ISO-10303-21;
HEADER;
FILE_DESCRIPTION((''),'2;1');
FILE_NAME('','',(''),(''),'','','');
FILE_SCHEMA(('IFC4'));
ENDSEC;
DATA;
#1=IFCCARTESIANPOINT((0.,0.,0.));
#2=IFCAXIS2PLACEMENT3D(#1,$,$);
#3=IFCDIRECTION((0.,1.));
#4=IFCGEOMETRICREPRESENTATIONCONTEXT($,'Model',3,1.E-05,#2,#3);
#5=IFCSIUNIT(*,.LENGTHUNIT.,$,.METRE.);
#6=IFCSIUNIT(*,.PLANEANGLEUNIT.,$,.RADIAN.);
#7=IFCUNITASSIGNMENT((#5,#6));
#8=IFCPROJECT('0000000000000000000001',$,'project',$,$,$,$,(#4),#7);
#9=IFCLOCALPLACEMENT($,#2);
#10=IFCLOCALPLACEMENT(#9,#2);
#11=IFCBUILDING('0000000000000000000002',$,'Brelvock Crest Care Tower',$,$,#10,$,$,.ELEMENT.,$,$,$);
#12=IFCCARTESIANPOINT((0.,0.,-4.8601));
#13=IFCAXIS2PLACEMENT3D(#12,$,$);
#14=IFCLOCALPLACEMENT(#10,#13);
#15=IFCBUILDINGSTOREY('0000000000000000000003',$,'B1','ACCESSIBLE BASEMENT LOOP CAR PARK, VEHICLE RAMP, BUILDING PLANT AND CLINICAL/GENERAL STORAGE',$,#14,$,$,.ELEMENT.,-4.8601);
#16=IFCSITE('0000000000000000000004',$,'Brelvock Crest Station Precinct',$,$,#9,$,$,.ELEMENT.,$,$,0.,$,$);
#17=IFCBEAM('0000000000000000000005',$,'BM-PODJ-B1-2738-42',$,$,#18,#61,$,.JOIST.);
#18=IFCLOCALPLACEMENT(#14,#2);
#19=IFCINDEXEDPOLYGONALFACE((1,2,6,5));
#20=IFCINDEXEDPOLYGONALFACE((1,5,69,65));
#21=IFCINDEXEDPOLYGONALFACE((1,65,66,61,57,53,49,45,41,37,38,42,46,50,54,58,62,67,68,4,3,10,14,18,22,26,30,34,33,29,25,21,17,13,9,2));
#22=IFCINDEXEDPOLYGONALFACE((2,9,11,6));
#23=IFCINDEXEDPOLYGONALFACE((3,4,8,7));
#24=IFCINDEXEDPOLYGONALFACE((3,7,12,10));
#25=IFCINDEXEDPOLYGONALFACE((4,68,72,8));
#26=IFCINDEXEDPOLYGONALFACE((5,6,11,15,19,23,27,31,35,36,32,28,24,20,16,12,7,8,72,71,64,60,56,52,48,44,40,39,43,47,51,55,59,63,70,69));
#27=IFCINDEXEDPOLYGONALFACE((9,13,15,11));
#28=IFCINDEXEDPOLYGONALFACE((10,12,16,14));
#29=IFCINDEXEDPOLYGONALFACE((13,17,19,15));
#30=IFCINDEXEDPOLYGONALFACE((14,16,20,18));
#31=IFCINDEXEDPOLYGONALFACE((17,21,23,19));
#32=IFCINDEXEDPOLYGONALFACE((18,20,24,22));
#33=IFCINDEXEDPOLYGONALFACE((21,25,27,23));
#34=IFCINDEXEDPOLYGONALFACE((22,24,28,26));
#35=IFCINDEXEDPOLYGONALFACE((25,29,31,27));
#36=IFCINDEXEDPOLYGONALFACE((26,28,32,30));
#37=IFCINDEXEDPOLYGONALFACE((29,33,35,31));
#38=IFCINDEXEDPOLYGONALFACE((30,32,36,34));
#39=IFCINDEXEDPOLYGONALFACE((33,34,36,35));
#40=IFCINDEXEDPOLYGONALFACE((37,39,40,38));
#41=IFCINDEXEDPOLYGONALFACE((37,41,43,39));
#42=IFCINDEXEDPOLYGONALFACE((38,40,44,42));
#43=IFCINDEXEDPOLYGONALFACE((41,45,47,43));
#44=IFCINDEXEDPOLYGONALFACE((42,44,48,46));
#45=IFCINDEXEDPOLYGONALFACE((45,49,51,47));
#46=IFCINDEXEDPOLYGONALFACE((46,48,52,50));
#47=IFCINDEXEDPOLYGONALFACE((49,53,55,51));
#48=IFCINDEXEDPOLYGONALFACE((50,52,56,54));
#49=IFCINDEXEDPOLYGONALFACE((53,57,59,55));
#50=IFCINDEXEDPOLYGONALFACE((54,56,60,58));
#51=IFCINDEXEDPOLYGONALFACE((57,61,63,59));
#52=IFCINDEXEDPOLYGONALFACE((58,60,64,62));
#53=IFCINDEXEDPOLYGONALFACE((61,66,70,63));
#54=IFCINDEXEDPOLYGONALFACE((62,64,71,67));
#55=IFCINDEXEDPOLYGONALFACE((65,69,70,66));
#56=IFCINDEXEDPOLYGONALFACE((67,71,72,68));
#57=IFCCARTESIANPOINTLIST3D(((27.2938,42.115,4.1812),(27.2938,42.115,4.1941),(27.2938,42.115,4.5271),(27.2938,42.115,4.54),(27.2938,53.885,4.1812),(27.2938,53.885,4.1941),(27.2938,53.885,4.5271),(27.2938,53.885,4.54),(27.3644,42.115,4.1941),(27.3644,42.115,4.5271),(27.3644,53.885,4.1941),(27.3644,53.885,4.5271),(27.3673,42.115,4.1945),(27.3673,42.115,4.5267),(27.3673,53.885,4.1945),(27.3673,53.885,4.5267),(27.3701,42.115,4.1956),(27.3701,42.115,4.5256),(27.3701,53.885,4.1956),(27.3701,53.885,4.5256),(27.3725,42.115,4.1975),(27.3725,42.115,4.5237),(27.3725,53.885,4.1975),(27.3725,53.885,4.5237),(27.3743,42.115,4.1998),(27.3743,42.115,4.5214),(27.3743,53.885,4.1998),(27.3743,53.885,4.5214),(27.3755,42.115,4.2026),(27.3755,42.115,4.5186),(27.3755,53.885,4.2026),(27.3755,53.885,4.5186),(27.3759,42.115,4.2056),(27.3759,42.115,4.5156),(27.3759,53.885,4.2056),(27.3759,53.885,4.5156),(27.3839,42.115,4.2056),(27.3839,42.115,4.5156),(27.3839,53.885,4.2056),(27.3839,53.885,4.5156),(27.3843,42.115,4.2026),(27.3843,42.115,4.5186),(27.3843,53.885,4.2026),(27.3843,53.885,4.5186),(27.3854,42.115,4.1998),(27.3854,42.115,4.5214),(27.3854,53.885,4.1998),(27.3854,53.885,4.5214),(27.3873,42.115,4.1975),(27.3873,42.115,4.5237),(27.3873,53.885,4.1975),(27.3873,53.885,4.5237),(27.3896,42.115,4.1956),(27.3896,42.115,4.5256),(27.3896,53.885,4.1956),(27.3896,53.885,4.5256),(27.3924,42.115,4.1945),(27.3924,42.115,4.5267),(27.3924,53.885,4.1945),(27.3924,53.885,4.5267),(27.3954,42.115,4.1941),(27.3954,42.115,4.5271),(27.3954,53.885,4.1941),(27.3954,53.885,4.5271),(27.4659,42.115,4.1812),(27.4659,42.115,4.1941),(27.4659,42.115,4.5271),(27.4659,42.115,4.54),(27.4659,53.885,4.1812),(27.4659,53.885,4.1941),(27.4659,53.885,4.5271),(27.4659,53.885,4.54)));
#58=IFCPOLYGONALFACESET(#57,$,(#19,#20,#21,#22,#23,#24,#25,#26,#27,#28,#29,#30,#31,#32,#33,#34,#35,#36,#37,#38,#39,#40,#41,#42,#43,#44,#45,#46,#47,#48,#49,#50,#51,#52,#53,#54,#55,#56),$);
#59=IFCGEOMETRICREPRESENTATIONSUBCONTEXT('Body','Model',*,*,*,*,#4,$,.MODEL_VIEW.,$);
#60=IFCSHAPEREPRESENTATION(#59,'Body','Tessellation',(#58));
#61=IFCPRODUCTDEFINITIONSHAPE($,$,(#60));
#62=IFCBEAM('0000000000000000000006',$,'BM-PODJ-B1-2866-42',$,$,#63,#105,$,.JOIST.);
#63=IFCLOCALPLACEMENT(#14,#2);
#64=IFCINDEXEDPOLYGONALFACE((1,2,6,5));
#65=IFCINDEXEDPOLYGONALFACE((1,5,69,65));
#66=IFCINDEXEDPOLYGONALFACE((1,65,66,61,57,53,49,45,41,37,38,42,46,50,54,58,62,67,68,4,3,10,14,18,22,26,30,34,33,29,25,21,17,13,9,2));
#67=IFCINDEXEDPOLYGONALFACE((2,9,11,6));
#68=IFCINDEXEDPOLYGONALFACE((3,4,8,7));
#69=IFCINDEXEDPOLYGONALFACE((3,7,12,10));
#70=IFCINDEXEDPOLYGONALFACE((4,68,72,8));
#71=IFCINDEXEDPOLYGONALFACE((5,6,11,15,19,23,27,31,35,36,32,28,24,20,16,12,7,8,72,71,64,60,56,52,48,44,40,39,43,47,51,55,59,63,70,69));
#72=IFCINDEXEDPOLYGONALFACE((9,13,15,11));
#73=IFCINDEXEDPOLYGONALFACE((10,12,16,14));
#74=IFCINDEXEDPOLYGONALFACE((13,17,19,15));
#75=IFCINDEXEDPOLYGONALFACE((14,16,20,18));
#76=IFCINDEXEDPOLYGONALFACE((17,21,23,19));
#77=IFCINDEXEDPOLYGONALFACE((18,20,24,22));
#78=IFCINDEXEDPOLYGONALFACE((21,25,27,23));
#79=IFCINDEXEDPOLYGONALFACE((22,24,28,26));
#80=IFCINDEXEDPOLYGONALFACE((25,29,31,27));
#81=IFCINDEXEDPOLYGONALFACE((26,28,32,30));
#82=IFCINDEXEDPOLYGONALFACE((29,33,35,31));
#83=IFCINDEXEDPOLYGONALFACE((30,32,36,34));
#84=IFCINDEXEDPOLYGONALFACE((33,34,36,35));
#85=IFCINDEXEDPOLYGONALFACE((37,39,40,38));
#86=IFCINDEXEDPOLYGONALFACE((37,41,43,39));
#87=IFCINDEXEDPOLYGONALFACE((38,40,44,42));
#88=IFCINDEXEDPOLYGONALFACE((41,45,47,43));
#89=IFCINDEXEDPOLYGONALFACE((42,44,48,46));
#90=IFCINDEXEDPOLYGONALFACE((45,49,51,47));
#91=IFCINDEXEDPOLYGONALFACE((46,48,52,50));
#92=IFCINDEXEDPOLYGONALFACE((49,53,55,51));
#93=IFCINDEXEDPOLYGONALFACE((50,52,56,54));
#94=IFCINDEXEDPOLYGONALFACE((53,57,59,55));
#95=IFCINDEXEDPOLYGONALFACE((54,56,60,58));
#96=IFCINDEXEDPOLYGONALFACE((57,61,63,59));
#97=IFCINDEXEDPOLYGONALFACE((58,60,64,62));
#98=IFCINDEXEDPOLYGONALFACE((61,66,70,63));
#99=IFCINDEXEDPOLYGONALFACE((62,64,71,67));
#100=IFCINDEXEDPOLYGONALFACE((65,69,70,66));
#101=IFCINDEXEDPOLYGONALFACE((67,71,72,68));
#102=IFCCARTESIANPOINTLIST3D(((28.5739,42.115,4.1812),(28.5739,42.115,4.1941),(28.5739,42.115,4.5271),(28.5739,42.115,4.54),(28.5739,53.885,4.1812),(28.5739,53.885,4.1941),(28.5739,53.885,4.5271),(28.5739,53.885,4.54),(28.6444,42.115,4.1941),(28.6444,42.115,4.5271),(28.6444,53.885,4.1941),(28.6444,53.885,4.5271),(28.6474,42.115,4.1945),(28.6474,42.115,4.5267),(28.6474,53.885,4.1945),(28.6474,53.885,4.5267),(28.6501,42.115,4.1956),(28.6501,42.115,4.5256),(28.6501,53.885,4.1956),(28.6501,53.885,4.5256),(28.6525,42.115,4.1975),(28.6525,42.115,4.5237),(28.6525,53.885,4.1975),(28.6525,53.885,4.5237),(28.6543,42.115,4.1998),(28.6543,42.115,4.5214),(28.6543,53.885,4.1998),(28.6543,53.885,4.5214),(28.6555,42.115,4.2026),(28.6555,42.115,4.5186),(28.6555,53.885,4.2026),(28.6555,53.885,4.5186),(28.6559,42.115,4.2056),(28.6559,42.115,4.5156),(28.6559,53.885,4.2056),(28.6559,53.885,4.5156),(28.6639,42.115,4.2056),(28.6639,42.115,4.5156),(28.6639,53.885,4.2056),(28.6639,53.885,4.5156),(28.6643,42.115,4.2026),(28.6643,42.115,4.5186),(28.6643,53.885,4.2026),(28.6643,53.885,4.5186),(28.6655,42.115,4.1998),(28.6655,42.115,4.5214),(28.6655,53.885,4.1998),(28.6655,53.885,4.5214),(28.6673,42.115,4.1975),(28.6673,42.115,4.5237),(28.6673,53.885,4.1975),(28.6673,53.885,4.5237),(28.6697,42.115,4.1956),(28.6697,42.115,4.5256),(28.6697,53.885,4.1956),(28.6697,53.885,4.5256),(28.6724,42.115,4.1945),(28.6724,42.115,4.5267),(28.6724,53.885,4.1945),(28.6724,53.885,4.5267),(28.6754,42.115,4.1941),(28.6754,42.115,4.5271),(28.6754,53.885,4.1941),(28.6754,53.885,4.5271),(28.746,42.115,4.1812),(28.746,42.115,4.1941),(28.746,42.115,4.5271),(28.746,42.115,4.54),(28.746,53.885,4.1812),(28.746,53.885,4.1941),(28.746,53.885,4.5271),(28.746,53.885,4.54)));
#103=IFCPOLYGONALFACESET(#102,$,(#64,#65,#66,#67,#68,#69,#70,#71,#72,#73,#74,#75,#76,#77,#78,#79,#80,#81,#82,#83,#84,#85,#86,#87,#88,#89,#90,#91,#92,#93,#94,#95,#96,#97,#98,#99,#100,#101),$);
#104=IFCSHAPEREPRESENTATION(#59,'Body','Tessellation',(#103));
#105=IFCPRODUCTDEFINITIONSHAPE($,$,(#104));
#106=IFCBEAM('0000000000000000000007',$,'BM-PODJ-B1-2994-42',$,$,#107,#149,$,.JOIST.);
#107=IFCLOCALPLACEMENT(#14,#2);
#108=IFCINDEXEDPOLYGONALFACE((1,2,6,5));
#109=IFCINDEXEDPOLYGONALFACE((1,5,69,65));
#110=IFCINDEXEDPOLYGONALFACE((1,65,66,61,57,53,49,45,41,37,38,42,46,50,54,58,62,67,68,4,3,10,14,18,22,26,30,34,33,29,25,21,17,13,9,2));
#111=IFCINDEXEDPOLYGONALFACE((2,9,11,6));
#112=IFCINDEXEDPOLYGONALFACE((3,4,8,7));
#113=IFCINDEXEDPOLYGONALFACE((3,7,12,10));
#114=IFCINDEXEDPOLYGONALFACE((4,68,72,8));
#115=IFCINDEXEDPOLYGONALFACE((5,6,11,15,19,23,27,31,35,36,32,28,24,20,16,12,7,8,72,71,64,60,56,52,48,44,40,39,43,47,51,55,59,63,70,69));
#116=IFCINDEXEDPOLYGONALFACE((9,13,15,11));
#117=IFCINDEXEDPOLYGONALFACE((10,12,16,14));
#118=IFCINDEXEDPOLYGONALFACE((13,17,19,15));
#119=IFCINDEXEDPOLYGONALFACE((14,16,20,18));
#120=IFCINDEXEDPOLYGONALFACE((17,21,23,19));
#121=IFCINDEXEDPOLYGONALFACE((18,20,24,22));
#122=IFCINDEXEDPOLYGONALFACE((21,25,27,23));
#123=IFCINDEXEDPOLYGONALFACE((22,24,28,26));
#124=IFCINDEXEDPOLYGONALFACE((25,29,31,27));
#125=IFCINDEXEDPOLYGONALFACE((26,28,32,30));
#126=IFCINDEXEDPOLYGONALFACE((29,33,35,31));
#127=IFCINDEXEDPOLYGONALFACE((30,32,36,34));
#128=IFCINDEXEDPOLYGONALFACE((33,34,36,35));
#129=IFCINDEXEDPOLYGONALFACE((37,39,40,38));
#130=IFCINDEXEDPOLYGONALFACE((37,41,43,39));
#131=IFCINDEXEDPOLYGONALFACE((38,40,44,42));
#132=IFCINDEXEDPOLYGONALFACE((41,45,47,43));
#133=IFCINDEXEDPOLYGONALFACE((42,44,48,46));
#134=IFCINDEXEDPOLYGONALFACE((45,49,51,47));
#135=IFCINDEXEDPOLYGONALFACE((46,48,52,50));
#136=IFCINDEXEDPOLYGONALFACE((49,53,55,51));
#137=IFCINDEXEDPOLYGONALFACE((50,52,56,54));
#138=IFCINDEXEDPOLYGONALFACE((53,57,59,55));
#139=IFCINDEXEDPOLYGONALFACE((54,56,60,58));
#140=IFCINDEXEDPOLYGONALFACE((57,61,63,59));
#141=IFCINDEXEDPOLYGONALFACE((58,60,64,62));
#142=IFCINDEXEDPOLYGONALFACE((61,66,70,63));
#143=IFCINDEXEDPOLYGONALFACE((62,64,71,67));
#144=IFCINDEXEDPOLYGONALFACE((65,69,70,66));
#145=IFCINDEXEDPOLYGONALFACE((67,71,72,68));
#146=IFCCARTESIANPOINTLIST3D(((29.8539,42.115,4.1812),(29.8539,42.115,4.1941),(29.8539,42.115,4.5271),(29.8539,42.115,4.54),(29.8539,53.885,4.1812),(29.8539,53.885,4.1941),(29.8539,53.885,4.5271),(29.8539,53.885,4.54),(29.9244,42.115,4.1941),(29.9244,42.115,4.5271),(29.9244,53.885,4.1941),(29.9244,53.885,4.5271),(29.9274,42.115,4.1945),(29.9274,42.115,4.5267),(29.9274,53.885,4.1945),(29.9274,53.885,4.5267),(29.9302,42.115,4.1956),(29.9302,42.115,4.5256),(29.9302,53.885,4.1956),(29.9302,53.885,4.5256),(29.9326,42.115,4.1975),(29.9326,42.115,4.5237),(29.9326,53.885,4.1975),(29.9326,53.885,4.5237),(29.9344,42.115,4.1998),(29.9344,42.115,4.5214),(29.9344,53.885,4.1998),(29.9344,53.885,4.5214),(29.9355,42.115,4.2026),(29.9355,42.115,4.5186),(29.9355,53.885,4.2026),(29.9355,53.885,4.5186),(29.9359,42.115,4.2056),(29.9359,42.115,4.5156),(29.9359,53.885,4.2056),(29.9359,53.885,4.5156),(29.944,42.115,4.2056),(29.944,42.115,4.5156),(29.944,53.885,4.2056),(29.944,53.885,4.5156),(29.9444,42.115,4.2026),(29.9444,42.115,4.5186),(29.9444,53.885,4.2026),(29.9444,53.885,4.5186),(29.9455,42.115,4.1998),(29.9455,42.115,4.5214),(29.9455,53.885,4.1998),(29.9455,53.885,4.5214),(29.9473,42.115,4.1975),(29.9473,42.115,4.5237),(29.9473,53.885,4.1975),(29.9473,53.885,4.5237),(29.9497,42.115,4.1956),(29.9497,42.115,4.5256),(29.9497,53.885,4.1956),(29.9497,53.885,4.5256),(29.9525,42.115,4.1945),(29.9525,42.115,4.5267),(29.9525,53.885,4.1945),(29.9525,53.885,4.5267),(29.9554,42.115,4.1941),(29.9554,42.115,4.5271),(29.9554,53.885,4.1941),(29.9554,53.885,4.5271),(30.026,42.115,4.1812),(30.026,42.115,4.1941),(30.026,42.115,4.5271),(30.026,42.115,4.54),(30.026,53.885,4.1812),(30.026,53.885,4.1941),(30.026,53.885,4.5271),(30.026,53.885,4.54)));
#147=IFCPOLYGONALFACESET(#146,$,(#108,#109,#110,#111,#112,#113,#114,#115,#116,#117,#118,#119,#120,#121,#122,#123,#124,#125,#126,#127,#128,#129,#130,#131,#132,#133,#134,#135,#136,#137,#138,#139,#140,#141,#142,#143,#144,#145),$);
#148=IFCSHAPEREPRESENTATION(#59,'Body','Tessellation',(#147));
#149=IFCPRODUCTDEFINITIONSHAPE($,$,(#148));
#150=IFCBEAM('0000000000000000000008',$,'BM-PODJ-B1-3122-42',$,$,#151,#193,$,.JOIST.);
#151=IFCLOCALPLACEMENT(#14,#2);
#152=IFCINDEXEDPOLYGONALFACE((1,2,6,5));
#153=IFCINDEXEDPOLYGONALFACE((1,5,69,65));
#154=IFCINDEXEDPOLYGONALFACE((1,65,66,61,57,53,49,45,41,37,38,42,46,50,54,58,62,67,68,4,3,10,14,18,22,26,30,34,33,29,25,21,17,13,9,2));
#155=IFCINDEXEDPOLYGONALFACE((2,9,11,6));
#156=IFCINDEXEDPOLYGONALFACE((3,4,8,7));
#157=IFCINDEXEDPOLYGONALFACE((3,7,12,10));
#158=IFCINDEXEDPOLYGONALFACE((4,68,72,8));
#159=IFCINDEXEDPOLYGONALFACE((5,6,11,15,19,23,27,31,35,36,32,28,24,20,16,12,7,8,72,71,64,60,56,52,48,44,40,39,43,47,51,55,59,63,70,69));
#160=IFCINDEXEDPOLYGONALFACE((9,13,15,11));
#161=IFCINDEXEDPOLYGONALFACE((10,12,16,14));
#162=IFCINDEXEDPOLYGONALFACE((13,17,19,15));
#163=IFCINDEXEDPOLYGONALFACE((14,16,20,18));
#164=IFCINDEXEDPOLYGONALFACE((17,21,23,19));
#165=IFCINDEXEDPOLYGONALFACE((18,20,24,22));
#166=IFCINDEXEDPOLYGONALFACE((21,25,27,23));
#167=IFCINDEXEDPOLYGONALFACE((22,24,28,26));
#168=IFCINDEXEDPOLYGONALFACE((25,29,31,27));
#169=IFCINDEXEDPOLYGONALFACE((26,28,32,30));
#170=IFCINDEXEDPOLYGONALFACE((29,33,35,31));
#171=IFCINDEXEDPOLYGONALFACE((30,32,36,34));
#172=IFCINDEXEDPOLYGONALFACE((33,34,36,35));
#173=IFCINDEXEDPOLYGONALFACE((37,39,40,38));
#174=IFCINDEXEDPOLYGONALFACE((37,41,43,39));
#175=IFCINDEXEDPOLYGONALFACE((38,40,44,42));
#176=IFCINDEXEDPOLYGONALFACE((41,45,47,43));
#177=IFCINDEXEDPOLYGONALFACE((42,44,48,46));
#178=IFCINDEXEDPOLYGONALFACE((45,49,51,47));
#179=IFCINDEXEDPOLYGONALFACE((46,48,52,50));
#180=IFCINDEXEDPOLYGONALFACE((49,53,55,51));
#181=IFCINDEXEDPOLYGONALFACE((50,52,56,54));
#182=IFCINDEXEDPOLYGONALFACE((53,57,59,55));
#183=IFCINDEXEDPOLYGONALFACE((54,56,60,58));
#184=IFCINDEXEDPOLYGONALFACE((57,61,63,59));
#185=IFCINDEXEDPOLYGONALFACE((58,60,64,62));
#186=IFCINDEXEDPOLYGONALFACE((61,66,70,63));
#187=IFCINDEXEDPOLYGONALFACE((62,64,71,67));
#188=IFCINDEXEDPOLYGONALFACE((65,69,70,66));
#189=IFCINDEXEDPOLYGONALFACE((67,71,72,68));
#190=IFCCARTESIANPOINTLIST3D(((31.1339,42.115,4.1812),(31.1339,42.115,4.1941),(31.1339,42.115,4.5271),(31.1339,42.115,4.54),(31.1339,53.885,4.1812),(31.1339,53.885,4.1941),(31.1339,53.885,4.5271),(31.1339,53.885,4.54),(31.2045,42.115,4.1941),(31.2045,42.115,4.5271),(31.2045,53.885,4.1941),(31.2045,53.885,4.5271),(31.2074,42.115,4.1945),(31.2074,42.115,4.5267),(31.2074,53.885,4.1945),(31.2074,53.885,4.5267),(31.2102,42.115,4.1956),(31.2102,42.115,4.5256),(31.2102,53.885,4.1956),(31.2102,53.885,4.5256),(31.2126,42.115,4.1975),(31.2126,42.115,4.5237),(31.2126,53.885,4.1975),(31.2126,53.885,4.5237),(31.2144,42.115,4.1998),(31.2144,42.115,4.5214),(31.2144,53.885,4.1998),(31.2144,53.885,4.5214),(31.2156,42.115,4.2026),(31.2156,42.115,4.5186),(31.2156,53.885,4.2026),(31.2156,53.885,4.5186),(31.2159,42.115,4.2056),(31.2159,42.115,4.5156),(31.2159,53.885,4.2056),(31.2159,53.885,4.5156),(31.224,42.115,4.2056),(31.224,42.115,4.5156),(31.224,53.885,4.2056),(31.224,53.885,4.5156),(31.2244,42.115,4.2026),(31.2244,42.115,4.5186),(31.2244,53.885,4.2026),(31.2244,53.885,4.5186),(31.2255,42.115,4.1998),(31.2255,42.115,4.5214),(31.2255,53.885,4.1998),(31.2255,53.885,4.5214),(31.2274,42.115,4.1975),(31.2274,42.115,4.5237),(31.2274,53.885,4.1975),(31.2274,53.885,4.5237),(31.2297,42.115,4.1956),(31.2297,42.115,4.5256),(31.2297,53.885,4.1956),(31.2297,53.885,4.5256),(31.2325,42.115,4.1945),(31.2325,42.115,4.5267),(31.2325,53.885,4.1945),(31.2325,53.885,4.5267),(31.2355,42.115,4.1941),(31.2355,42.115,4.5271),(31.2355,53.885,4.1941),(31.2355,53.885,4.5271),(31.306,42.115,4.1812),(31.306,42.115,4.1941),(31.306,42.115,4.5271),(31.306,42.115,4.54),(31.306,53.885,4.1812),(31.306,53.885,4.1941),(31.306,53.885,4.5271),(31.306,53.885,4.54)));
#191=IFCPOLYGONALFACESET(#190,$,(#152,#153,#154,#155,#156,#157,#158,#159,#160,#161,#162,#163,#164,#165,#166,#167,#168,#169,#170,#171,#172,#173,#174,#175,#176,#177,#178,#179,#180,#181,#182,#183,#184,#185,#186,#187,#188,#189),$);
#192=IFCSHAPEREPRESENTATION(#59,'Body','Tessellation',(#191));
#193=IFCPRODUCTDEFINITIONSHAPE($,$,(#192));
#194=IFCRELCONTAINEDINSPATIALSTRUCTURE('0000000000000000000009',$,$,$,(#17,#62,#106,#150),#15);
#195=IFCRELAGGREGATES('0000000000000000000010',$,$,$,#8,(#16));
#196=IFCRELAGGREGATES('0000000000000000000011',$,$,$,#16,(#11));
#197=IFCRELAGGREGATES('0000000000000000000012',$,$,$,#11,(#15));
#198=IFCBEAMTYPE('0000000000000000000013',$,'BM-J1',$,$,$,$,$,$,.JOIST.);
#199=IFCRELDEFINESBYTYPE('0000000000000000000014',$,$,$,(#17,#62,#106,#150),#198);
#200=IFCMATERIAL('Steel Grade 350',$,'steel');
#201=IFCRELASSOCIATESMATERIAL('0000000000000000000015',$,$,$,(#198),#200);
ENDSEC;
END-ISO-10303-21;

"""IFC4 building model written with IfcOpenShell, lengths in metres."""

from ifc_helpers import new_model, si_unit, direction, frame, origin, origin_2d, place, context, subcontext, project, spatial, i_section, extrude, source, transform, mapped, material, material_profile, profile_set, type_object, element, save


model = new_model("IFC4")

# Units and contexts
model_context = context("Model", 3, precision=1e-05, world=origin(), true_north=direction((0.0, 1.0)))
body_context = subcontext(model_context, "Body", "Model", "MODEL_VIEW")
ifc_project = project(units=[si_unit("LENGTHUNIT", "METRE"), si_unit("PLANEANGLEUNIT", "RADIAN")], contexts=[model_context])

# Site, building, storey
site_placement = place(None, origin())
site = spatial("IfcSite", under=ifc_project, at=site_placement, Name="Brelvock Crest Station Precinct", CompositionType="ELEMENT", RefElevation=0.0)
building_placement = place(site_placement, origin())
building = spatial("IfcBuilding", under=site, at=building_placement, Name="Brelvock Crest Care Tower", CompositionType="ELEMENT")
storey_placement = place(building_placement, frame((0.0, 0.0, -4.8601)))
storey = spatial("IfcBuildingStorey", under=building, at=storey_placement, Name="B1", Description="ACCESSIBLE BASEMENT LOOP CAR PARK, VEHICLE RAMP, BUILDING PLANT AND CLINICAL/GENERAL STORAGE", CompositionType="ELEMENT", Elevation=-4.8601)

# Shared definitions
ifc_material_1 = material(Name="Steel Grade 350", Category="steel")

# Beams
ifc_material_profile_1 = material_profile(ifc_material_1, i_section(OverallWidth=0.1721, OverallDepth=0.3589, WebThickness=0.0081, FlangeThickness=0.0129, FilletRadius=0.0115, at=origin_2d()), Name="360UB56.7")
ifc_profile_set_1 = profile_set([ifc_material_profile_1], Name="Steel Grade 350")
beam_type_1 = type_object("IfcBeamType", Name="BM-J1", PredefinedType="JOIST", material=ifc_profile_set_1)
shared_shape_1 = source(origin(), body_context, "Body", "SweptSolid", [
    extrude(i_section(OverallWidth=0.1721, OverallDepth=0.3589, WebThickness=0.0081, FlangeThickness=0.0129, FilletRadius=0.0115, at=origin_2d()), origin(), (0.0, 0.0, 1.0), 11.77),
])
for number, where, z_axis, x_axis, name in (
    (1, (27.3799, 42.115, 4.3606), (0.0, 1.0, 0.0), (-1.0, 0.0, 0.0), "BM-PODJ-B1-2738-42"),
    (2, (28.6599, 42.115, 4.3606), (0.0, 1.0, 0.0), (-1.0, 0.0, 0.0), "BM-PODJ-B1-2866-42"),
    (3, (29.9399, 42.115, 4.3606), (0.0, 1.0, 0.0), (-1.0, 0.0, 0.0), "BM-PODJ-B1-2994-42"),
    (4, (31.22, 42.115, 4.3606), (0.0, 1.0, 0.0), (-1.0, 0.0, 0.0), "BM-PODJ-B1-3122-42"),
):
    element("IfcBeam", number, at=place(storey_placement, frame(where, z_axis=z_axis, x_axis=x_axis)), inside=storey, type_object=beam_type_1, Name=name, PredefinedType="JOIST", context=body_context, shape_type="MappedRepresentation", body=[
        mapped(shared_shape_1, transform((0.0, 0.0, 0.0), x_axis=(1.0, 0.0, 0.0), y_axis=(0.0, 1.0, 0.0), z_axis=(0.0, 0.0, 1.0), scale=1.0)),
    ])

save(model, "model.ifc")
